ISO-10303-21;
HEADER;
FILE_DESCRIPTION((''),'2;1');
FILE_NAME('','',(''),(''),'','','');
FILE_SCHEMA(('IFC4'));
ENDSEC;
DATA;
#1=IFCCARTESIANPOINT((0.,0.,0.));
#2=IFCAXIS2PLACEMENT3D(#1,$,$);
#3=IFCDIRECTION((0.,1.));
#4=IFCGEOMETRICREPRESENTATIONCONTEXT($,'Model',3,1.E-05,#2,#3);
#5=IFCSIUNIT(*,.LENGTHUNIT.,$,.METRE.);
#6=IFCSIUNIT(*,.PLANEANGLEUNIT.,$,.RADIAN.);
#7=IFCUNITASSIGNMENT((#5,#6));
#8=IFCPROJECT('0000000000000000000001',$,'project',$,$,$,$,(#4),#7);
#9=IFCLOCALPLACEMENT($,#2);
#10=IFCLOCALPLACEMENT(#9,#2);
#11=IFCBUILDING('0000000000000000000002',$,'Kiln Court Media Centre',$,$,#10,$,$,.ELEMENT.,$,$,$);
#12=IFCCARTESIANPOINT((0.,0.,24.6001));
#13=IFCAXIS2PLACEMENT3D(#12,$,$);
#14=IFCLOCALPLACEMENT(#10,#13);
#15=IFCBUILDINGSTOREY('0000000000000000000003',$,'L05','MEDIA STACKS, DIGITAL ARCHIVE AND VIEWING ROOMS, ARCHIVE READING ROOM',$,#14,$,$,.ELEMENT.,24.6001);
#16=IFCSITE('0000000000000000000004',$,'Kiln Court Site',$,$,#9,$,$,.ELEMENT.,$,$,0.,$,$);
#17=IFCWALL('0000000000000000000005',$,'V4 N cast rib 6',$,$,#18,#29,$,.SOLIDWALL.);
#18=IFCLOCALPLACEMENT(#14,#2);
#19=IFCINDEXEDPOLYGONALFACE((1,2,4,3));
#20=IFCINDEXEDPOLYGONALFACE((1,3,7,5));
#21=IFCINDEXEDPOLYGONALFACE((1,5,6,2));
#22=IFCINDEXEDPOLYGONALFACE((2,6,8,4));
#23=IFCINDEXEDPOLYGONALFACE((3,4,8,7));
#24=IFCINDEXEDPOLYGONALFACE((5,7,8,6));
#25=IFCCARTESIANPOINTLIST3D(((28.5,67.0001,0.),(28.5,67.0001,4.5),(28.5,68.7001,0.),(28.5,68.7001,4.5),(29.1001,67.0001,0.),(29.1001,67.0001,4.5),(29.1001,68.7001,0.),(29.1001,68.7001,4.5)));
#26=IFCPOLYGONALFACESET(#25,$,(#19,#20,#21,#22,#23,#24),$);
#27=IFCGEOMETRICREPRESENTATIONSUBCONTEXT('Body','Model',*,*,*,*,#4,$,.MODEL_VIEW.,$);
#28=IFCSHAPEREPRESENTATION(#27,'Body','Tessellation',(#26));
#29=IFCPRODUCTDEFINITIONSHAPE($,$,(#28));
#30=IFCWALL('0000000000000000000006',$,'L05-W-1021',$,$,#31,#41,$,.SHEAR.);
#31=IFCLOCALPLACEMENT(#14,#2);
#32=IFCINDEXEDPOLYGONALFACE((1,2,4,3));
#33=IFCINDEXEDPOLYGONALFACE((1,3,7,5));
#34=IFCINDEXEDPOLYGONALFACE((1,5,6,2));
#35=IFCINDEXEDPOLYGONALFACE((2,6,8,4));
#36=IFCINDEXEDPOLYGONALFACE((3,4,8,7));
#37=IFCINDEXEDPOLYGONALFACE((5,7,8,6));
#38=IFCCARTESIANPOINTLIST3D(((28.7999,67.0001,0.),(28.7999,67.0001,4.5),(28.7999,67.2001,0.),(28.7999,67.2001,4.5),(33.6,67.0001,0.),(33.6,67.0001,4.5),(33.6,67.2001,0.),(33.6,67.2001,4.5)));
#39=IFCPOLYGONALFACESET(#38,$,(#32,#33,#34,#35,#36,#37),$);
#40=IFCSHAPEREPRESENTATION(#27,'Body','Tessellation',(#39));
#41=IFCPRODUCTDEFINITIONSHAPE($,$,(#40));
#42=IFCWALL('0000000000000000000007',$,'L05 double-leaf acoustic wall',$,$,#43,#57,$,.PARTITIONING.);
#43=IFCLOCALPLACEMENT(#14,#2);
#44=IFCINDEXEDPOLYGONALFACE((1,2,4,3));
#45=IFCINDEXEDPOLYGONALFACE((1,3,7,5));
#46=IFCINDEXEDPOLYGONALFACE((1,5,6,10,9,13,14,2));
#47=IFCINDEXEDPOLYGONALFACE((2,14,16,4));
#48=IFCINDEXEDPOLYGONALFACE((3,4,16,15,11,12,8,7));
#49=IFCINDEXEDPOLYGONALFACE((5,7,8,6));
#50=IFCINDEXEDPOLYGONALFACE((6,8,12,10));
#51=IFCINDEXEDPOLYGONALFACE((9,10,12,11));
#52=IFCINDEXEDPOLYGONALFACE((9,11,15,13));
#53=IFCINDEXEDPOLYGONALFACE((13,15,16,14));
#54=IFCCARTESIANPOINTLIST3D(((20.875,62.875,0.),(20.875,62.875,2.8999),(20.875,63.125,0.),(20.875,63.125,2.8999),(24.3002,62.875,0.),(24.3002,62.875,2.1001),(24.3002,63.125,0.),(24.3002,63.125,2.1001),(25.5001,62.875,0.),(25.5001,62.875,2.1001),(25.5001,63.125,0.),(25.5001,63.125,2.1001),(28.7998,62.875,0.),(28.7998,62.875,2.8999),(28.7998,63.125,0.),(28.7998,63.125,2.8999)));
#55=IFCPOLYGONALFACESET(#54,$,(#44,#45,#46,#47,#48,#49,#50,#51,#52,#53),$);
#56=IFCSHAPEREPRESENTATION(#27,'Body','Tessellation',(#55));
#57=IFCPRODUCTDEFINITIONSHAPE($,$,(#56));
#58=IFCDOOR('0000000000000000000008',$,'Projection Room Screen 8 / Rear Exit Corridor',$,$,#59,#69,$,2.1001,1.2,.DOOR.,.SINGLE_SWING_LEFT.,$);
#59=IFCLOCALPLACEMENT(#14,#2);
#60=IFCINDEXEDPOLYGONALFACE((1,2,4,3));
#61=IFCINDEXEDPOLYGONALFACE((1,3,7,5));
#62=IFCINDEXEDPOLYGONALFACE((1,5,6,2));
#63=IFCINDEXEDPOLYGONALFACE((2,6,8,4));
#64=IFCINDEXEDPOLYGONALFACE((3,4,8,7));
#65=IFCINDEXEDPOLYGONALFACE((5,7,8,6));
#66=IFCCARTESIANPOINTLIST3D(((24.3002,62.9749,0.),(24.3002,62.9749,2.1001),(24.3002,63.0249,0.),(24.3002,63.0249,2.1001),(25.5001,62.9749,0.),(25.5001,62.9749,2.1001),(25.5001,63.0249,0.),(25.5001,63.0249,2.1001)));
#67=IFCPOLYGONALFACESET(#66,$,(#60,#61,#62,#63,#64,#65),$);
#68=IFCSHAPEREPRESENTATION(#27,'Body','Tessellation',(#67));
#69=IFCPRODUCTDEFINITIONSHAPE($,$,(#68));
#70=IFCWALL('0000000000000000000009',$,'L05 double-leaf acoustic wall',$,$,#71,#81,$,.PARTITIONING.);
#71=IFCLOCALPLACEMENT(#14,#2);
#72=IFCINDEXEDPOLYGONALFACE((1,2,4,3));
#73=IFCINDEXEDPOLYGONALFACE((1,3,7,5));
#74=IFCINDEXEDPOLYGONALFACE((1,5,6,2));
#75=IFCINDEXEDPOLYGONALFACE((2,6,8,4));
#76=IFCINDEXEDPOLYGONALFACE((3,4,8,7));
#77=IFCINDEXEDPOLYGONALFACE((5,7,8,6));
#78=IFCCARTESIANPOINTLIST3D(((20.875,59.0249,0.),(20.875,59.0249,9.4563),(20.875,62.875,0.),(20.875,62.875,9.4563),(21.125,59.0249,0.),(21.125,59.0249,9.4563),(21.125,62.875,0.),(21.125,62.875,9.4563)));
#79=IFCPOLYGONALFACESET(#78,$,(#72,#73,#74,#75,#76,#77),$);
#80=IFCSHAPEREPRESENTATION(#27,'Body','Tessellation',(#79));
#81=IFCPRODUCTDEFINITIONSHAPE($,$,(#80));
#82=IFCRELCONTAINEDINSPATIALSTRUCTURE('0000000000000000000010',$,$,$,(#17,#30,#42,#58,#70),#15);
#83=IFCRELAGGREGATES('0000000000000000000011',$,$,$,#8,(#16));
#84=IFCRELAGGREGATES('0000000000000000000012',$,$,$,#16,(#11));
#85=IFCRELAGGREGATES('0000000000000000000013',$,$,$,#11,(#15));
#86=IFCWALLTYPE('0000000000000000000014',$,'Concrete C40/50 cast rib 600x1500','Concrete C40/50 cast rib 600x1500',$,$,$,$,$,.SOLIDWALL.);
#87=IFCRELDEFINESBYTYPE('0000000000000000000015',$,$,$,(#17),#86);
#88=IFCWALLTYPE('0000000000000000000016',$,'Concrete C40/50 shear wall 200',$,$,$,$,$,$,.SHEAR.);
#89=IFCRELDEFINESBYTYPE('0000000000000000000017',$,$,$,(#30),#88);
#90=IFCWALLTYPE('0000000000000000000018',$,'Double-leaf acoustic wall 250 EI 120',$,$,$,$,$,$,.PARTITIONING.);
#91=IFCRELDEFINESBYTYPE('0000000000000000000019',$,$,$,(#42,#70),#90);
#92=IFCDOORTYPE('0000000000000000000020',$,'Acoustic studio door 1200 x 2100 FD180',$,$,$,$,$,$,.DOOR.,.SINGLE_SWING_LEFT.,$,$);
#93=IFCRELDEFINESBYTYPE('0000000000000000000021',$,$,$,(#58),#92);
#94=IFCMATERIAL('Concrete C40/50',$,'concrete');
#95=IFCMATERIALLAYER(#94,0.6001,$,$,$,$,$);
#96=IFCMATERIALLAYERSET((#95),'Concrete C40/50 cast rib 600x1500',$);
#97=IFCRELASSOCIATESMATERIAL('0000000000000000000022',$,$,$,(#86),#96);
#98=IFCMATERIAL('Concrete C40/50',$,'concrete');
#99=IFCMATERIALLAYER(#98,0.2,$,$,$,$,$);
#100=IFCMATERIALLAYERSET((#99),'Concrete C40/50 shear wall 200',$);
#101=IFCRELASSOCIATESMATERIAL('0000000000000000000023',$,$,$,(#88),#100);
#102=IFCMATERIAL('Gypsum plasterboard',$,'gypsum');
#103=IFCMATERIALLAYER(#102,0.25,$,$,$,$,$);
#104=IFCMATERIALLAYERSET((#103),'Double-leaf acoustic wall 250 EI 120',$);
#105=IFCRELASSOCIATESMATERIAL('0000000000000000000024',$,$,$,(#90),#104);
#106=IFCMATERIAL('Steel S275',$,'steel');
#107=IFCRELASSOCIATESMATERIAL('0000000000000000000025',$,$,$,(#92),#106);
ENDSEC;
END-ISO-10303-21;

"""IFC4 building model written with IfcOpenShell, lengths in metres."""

from ifc_helpers import new_model, si_unit, direction, frame, frame_2d, origin, place, context, subcontext, project, spatial, rectangle, extrude, material, layer, layer_set, type_object, element, fill, save


model = new_model("IFC4")

# Units and contexts
model_context = context("Model", 3, precision=1e-05, world=origin(), true_north=direction((0.0, 1.0)))
body_context = subcontext(model_context, "Body", "Model", "MODEL_VIEW")
ifc_project = project(units=[si_unit("LENGTHUNIT", "METRE"), si_unit("PLANEANGLEUNIT", "RADIAN")], contexts=[model_context])

# Site, building, storey
site_placement = place(None, origin())
site = spatial("IfcSite", under=ifc_project, at=site_placement, Name="Kiln Court Site", CompositionType="ELEMENT", RefElevation=0.0)
building_placement = place(site_placement, origin())
building = spatial("IfcBuilding", under=site, at=building_placement, Name="Kiln Court Media Centre", CompositionType="ELEMENT")
storey_placement = place(building_placement, frame((0.0, 0.0, 24.6001)))
storey = spatial("IfcBuildingStorey", under=building, at=storey_placement, Name="L05", Description="MEDIA STACKS, DIGITAL ARCHIVE AND VIEWING ROOMS, ARCHIVE READING ROOM", CompositionType="ELEMENT", Elevation=24.6001)

# Walls
ifc_material_1 = material(Name="Concrete C40/50", Category="concrete")
ifc_layer_1 = layer(ifc_material_1, 0.6001)
ifc_layer_set_1 = layer_set([ifc_layer_1], Name="Concrete C40/50 cast rib 600x1500")
wall_type_1 = type_object("IfcWallType", Name="Concrete C40/50 cast rib 600x1500", Description="Concrete C40/50 cast rib 600x1500", PredefinedType="SOLIDWALL", material=ifc_layer_set_1)
for number, where, z_axis, x_axis, name in (
    (1, (28.8, 67.0, 0.0), (0.0, 0.0, 1.0), (0.0, 1.0, 0.0), "V4 N cast rib 6"),
):
    element("IfcWall", number, at=place(storey_placement, frame(where, z_axis=z_axis, x_axis=x_axis)), inside=storey, type_object=wall_type_1, Name=name, PredefinedType="SOLIDWALL", context=body_context, shape_type="SweptSolid", body=[
        extrude(rectangle(XDim=1.7, YDim=0.6001, at=frame_2d((0.8501, 0.0))), origin(), (0.0, 0.0, 1.0), 4.5),
    ])
ifc_material_2 = material(Name="Concrete C40/50", Category="concrete")
ifc_layer_2 = layer(ifc_material_2, 0.2)
ifc_layer_set_2 = layer_set([ifc_layer_2], Name="Concrete C40/50 shear wall 200")
wall_type_2 = type_object("IfcWallType", Name="Concrete C40/50 shear wall 200", PredefinedType="SHEAR", material=ifc_layer_set_2)
wall_1_placement = place(storey_placement, frame((28.8, 67.1001, 0.0), z_axis=(0.0, 0.0, 1.0), x_axis=(1.0, 0.0, 0.0)))
element("IfcWall", 2, at=wall_1_placement, inside=storey, type_object=wall_type_2, Name="L05-W-1021", PredefinedType="SHEAR", context=body_context, shape_type="SweptSolid", body=[
    extrude(rectangle(XDim=4.8, YDim=0.2, at=frame_2d((2.3999, 0.0))), origin(), (0.0, 0.0, 1.0), 4.5),
])

# Wall, opening, door
ifc_material_3 = material(Name="Gypsum plasterboard", Category="gypsum")
ifc_layer_3 = layer(ifc_material_3, 0.25)
ifc_layer_set_3 = layer_set([ifc_layer_3], Name="Double-leaf acoustic wall 250 EI 120")
wall_type_3 = type_object("IfcWallType", Name="Double-leaf acoustic wall 250 EI 120", PredefinedType="PARTITIONING", material=ifc_layer_set_3)
wall_2_placement = place(storey_placement, frame((20.875, 63.0, 0.0), z_axis=(0.0, 0.0, 1.0), x_axis=(1.0, 0.0, 0.0)))
wall_2 = element("IfcWall", 3, at=wall_2_placement, inside=storey, type_object=wall_type_3, Name="L05 double-leaf acoustic wall", PredefinedType="PARTITIONING", context=body_context, shape_type="SweptSolid", body=[
    extrude(rectangle(XDim=7.9248, YDim=0.25, at=frame_2d((3.9624, 0.0))), origin(), (0.0, 0.0, 1.0), 2.8999),
])
opening_placement = place(wall_2_placement, frame((3.425, 0.0, 0.0)))
opening = element("IfcOpeningElement", 4, at=opening_placement, cuts=wall_2, PredefinedType="OPENING", context=body_context, shape_type="SweptSolid", body=[
    extrude(rectangle(XDim=1.2, YDim=2.1001, at=frame_2d((0.6001, 1.05))), frame((0.0, 0.135, 0.0), z_axis=(0.0, -1.0, 0.0), x_axis=(1.0, 0.0, 0.0)), (0.0, 0.0, 1.0), 0.27),
])
ifc_material_4 = material(Name="Steel S275", Category="steel")
door_type = type_object("IfcDoorType", Name="Acoustic studio door 1200 x 2100 FD180", OperationType="SINGLE_SWING_LEFT", PredefinedType="DOOR", material=ifc_material_4)
door_placement = place(opening_placement, origin())
door = element("IfcDoor", 5, at=door_placement, inside=storey, type_object=door_type, Name="Projection Room Screen 8 / Rear Exit Corridor", OperationType="SINGLE_SWING_LEFT", OverallHeight=2.1001, OverallWidth=1.2, PredefinedType="DOOR", context=body_context, shape_type="SweptSolid", body=[
    extrude(rectangle(XDim=1.2, YDim=2.1001, at=frame_2d((0.6001, 1.05))), frame((0.0, 0.0249, 0.0), z_axis=(0.0, -1.0, 0.0), x_axis=(1.0, 0.0, 0.0)), (0.0, 0.0, 1.0), 0.05),
])
fill(opening, door)

# Wall
wall_3_placement = place(storey_placement, frame((21.0, 59.0249, 0.0), z_axis=(0.0, 0.0, 1.0), x_axis=(0.0, 1.0, 0.0)))
element("IfcWall", 6, at=wall_3_placement, inside=storey, type_object=wall_type_3, Name="L05 double-leaf acoustic wall", PredefinedType="PARTITIONING", context=body_context, shape_type="SweptSolid", body=[
    extrude(rectangle(XDim=3.8501, YDim=0.25, at=frame_2d((1.925, 0.0))), origin(), (0.0, 0.0, 1.0), 9.4563),
])

save(model, "model.ifc")
